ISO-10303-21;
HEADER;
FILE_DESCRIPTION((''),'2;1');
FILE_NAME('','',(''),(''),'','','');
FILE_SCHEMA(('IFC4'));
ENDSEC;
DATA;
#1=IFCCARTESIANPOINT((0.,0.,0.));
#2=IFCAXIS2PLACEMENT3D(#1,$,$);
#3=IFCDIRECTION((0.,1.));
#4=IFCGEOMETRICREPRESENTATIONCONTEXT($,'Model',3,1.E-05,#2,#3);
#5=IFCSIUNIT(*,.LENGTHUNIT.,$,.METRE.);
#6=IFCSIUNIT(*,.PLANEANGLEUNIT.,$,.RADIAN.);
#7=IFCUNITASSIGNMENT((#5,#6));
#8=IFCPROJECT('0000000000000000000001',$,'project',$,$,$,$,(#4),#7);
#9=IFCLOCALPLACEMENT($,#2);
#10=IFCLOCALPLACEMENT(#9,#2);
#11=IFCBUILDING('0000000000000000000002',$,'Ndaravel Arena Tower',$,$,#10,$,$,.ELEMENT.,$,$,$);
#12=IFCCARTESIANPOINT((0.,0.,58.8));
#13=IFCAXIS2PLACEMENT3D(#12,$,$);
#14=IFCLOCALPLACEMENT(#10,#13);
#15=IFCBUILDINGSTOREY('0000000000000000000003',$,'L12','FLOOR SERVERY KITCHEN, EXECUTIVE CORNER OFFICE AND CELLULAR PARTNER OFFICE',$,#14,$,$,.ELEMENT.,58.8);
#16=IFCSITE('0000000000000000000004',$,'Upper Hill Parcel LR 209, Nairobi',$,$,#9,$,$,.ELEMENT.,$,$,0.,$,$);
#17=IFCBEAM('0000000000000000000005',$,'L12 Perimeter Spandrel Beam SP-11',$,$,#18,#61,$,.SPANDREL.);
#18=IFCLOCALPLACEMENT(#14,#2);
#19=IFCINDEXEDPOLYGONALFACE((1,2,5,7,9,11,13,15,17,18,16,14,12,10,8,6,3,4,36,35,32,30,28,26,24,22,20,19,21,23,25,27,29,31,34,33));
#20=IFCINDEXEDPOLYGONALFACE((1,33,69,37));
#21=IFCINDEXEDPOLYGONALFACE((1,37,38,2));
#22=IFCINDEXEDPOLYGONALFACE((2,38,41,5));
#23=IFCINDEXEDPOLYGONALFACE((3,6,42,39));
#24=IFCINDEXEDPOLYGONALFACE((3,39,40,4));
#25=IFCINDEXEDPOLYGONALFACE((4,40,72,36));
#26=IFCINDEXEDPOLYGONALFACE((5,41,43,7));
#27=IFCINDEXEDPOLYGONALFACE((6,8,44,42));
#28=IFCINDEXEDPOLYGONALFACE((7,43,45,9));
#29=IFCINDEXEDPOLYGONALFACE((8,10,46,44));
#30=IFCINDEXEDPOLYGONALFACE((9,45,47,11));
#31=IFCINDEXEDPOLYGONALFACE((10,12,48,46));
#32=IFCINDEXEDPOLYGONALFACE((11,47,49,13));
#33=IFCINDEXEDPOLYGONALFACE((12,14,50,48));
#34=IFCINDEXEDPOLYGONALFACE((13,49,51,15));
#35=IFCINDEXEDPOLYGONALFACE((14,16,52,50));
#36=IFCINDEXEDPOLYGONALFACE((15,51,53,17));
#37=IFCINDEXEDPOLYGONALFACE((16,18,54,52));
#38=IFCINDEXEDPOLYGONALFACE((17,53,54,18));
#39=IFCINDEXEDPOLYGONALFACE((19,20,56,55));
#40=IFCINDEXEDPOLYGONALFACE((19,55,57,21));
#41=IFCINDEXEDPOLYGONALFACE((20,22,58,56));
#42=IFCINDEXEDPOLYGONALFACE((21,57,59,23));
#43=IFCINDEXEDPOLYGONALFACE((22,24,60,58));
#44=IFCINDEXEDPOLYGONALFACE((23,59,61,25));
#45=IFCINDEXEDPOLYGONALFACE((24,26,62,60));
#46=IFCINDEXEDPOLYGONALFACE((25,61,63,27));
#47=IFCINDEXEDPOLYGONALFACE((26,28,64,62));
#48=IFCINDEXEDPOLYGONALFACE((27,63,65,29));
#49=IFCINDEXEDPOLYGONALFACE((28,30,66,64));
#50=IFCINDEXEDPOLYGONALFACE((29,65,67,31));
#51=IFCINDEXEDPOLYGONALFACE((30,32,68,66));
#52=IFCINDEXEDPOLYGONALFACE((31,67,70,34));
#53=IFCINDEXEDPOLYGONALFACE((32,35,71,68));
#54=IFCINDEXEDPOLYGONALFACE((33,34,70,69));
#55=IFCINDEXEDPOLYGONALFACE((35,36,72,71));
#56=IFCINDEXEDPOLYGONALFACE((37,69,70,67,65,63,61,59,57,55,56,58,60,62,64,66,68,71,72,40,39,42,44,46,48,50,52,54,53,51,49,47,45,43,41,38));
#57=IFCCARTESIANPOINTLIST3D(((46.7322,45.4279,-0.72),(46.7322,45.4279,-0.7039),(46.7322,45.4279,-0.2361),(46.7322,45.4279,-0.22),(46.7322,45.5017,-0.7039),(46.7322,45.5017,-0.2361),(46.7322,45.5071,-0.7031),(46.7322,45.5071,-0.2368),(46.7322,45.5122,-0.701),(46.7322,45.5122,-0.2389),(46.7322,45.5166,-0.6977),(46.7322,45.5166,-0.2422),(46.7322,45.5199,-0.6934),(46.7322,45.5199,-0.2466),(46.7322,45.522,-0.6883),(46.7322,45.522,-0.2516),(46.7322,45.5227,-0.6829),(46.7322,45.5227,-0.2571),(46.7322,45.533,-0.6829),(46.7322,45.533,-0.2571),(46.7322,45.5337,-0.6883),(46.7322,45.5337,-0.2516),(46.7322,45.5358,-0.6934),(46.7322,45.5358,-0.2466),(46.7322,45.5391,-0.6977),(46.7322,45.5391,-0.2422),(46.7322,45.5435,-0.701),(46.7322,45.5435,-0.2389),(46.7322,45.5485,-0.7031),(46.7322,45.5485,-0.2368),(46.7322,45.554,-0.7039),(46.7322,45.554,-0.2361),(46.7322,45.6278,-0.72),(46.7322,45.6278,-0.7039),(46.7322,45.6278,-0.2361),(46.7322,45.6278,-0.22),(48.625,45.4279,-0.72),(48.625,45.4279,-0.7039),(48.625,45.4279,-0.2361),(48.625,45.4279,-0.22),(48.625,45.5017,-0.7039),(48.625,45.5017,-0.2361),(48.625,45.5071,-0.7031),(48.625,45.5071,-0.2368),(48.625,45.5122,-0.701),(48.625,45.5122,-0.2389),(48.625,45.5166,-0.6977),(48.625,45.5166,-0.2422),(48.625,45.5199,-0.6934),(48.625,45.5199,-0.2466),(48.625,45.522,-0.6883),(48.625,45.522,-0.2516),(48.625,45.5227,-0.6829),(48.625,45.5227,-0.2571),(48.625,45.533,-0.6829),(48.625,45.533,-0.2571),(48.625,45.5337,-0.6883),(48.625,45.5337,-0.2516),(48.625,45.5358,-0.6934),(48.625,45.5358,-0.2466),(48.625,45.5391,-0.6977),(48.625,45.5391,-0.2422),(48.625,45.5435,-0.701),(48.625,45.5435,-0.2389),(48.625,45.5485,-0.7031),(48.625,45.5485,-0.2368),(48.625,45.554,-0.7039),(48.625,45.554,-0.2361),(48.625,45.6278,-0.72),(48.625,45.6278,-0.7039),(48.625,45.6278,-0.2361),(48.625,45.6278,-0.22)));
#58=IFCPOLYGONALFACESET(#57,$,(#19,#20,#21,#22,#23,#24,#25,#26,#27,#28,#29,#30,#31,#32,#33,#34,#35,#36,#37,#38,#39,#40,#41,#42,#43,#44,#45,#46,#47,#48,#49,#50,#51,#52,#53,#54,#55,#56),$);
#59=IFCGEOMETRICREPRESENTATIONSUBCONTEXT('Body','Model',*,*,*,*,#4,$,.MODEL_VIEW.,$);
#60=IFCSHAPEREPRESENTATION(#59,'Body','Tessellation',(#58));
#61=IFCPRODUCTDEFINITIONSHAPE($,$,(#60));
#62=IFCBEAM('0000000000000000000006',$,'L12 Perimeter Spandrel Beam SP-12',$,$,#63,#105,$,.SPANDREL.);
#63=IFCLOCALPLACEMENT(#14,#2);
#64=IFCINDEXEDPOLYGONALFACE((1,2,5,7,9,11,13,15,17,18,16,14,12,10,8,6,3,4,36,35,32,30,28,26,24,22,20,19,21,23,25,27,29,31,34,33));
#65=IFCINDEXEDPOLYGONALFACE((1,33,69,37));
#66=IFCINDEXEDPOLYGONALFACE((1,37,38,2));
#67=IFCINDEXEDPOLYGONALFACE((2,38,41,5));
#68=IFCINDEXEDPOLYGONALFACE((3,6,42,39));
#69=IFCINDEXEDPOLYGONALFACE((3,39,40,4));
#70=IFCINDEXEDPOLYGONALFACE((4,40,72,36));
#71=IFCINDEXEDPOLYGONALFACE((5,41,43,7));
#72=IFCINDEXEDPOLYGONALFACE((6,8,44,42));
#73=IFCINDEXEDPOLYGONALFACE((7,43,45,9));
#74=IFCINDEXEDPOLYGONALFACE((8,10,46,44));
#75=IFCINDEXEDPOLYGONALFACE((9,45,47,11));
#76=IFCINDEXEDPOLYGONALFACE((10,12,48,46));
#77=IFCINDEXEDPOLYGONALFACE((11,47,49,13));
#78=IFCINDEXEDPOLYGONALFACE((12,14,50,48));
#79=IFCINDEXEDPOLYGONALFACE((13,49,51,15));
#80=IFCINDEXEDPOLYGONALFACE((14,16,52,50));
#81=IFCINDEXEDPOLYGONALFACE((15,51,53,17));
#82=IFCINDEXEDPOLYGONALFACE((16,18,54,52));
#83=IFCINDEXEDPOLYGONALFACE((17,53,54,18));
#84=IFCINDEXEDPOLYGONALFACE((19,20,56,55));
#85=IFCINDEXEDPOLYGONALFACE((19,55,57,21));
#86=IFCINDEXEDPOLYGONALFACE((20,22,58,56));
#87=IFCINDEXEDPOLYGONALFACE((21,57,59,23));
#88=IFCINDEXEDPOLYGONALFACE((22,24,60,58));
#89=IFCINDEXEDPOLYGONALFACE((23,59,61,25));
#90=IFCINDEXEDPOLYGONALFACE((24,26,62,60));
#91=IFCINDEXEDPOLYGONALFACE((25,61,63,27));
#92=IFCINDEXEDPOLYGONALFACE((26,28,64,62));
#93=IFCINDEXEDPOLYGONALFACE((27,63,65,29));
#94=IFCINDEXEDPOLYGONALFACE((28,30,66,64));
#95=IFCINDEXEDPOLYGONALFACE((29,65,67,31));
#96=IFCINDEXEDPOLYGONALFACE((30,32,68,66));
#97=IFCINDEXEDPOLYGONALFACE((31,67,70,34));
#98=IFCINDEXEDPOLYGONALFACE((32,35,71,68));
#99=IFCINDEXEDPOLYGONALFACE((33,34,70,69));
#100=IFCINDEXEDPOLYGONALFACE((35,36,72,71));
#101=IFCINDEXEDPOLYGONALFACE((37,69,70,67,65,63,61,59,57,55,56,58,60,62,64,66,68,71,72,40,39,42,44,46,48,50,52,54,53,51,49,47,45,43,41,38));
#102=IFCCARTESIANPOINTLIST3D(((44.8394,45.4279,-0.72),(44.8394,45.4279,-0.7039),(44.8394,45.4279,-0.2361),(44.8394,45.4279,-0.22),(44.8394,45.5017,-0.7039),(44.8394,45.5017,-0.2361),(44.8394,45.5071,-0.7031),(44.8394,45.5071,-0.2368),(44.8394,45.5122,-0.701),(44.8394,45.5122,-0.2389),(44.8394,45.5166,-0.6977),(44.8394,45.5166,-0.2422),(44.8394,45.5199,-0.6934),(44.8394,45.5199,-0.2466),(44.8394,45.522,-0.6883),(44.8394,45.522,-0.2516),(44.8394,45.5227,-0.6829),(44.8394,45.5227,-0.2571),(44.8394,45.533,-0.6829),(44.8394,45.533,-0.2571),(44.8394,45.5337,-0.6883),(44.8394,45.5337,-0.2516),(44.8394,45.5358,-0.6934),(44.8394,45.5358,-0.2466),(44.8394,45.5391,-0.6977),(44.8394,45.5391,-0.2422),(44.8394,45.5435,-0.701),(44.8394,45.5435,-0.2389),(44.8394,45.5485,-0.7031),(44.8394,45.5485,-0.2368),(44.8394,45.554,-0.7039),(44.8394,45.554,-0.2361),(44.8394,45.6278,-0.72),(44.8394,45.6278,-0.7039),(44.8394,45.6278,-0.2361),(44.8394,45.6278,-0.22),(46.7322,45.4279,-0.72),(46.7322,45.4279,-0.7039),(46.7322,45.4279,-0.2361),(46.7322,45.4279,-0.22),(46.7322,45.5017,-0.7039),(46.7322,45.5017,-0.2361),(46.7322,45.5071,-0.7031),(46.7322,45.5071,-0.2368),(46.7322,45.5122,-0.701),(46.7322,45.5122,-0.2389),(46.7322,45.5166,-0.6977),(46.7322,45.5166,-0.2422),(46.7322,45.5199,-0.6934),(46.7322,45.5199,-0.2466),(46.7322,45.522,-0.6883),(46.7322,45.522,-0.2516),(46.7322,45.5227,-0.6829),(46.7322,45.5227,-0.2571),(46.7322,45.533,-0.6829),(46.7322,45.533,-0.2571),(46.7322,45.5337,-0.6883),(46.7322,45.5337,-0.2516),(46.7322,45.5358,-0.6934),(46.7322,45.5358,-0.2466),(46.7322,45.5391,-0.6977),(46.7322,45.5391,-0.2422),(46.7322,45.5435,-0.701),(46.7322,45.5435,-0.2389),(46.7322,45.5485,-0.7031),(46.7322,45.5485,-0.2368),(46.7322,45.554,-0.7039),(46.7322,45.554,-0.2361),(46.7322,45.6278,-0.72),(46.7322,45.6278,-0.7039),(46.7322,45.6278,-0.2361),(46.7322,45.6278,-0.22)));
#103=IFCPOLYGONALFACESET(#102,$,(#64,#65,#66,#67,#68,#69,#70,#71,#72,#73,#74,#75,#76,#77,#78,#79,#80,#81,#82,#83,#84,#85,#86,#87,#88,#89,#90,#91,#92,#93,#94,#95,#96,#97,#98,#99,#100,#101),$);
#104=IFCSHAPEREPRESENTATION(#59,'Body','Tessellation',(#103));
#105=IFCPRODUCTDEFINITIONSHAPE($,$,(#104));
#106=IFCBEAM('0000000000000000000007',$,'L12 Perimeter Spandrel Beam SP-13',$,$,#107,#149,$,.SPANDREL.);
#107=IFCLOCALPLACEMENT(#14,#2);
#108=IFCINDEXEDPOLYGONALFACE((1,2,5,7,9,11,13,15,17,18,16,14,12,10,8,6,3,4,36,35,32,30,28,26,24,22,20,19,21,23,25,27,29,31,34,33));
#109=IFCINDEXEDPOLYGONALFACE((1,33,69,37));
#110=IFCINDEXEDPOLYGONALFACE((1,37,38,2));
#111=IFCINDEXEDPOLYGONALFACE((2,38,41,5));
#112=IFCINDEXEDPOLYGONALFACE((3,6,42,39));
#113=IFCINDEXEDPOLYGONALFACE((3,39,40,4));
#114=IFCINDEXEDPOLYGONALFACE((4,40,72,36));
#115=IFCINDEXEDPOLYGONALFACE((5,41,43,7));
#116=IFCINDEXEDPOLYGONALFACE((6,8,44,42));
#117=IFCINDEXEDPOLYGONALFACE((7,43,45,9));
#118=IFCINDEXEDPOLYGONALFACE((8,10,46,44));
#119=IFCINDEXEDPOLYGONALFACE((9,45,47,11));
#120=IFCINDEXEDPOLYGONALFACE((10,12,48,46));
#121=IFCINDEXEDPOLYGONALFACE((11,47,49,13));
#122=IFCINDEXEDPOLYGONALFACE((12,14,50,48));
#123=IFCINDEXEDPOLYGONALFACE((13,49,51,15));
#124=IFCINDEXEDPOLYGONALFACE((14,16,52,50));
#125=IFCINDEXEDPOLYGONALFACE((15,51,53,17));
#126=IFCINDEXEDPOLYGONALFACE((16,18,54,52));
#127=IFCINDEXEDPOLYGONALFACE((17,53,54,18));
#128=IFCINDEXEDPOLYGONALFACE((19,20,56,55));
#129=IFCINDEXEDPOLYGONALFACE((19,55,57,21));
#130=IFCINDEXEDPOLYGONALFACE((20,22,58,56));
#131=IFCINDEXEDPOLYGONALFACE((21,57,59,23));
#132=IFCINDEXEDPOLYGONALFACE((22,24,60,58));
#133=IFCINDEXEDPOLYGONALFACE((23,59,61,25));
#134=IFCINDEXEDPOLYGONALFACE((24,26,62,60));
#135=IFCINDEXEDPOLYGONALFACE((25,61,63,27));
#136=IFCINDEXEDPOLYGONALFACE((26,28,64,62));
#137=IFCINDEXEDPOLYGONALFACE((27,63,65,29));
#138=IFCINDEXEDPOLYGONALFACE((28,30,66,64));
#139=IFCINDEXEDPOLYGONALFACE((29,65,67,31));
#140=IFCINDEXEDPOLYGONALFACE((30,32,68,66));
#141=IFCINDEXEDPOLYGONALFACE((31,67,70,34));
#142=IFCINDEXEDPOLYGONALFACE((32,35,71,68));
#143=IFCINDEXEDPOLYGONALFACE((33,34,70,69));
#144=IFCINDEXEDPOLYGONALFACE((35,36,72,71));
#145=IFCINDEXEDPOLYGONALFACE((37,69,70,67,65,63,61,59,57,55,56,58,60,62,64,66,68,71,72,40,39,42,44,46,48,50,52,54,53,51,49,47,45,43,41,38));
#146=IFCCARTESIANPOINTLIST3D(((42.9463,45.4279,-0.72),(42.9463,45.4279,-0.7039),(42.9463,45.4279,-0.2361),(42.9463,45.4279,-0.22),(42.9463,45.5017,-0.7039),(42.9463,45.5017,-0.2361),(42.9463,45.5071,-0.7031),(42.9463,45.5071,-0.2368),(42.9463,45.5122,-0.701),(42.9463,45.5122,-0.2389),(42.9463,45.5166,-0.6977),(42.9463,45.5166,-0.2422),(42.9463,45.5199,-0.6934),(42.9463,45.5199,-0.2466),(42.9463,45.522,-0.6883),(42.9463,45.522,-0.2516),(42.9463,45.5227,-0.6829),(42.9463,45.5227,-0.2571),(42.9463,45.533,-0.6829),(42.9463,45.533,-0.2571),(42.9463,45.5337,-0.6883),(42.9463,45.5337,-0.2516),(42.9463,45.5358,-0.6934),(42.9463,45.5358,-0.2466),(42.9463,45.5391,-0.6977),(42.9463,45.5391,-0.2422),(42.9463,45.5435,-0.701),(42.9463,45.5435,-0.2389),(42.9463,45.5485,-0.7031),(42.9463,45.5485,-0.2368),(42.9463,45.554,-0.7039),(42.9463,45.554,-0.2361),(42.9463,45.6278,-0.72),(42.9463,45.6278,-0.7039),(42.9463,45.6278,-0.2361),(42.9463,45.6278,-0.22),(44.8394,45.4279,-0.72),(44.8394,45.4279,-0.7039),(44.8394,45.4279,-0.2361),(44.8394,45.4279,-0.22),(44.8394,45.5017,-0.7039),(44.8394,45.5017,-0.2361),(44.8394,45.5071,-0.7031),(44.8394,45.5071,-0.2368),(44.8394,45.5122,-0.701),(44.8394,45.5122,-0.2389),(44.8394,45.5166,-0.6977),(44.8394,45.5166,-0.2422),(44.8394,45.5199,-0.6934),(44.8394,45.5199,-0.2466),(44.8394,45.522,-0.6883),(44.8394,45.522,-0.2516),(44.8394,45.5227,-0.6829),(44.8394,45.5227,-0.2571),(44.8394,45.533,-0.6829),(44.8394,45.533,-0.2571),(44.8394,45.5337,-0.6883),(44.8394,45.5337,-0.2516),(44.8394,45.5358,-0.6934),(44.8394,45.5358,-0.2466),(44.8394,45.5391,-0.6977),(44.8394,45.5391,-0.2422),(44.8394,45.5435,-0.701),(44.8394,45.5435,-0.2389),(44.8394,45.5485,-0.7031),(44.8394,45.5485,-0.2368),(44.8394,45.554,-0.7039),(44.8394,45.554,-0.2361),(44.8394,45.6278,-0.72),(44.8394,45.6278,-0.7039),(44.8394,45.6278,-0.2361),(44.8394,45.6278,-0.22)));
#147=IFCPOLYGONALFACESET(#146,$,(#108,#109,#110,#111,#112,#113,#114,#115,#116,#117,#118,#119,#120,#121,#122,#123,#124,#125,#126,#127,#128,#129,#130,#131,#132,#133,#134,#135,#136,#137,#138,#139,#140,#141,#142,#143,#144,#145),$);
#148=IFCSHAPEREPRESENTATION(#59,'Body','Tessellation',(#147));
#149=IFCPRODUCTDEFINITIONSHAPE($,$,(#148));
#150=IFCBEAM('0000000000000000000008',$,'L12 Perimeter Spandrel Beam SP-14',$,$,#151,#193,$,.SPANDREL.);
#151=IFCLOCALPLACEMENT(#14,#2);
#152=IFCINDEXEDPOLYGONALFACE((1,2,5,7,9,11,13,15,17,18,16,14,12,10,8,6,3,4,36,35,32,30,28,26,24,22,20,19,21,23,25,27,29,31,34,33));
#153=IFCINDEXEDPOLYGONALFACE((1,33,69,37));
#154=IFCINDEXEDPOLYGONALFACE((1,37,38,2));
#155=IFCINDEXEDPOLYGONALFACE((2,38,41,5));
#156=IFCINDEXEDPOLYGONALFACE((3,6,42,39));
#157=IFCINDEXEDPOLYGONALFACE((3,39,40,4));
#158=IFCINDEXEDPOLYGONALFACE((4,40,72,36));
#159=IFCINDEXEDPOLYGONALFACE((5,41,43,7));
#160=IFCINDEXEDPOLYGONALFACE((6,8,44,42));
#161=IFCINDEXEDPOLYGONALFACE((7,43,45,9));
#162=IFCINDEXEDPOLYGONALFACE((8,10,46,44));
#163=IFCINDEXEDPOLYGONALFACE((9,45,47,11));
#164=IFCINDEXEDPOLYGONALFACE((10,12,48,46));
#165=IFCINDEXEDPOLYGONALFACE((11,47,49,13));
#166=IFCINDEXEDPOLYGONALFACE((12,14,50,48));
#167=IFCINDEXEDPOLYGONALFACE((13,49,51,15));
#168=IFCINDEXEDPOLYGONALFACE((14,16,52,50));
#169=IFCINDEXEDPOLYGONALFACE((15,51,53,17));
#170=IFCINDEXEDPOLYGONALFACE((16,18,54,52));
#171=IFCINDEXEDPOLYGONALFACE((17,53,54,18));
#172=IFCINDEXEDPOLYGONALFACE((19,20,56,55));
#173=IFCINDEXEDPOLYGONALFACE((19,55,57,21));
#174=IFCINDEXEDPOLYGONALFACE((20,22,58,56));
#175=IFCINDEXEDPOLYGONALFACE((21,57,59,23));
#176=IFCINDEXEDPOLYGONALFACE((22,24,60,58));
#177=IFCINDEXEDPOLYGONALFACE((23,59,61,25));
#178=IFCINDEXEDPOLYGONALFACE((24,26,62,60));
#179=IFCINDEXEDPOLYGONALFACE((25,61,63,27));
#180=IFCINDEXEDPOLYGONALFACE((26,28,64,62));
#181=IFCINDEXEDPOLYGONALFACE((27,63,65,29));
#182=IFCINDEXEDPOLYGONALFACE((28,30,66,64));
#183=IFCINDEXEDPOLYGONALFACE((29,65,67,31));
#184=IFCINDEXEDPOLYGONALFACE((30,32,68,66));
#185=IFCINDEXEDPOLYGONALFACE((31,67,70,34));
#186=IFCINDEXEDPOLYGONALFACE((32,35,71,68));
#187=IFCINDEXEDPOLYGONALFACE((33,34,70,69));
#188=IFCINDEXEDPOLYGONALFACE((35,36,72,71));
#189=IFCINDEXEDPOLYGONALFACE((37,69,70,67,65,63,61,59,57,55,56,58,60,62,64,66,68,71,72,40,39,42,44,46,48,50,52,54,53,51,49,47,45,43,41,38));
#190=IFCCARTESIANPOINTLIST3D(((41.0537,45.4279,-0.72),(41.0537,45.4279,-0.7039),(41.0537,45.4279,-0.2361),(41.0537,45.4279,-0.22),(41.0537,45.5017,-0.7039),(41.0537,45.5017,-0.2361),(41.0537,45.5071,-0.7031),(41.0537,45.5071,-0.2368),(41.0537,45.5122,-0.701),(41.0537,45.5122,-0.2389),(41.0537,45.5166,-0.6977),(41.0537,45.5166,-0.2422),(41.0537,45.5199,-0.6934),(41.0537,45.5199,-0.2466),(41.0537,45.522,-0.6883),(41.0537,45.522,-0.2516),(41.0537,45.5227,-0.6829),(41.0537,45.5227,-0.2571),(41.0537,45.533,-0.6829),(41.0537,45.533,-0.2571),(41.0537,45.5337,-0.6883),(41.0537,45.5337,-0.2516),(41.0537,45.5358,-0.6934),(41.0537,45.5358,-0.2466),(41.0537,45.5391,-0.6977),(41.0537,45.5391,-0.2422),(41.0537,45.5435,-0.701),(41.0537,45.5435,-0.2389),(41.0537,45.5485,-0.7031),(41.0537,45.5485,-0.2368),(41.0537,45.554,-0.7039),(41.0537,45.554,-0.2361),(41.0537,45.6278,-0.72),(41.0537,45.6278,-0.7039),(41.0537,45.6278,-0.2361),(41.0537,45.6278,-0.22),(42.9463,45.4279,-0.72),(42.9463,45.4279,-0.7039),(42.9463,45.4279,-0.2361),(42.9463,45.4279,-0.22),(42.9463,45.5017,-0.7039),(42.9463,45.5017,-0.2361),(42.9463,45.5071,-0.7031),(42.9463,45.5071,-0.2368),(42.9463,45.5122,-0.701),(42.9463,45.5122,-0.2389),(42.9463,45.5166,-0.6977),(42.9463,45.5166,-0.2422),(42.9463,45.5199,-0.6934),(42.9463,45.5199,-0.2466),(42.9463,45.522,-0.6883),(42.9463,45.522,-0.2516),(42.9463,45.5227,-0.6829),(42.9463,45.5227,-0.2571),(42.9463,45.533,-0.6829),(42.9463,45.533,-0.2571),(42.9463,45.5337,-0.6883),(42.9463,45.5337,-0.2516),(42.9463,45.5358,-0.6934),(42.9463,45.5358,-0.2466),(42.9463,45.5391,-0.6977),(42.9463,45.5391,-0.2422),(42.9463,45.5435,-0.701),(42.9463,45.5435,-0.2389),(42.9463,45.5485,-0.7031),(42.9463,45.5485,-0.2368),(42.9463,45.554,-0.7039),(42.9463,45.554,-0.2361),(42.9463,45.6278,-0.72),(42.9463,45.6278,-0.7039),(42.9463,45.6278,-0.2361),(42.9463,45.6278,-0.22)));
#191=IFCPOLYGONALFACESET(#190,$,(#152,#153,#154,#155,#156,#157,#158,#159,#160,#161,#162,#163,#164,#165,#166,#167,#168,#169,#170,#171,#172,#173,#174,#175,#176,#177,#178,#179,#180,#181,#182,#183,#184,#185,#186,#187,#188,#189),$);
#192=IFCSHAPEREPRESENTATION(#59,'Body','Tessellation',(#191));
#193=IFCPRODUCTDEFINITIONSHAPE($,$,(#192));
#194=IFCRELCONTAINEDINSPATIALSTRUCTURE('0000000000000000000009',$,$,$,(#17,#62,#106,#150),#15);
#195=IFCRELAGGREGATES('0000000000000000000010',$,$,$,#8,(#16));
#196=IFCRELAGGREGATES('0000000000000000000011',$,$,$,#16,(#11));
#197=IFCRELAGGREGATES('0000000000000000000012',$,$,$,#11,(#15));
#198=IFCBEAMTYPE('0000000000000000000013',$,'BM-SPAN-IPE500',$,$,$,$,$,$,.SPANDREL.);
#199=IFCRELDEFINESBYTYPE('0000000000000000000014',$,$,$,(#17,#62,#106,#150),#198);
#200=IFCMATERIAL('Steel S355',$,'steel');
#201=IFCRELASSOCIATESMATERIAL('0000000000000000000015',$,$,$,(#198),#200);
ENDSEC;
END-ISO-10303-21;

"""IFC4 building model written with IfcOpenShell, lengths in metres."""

from ifc_helpers import new_model, si_unit, direction, frame, origin, origin_2d, place, context, subcontext, project, spatial, i_section, extrude, material, material_profile, profile_set, type_object, element, save


model = new_model("IFC4")

# Units and contexts
model_context = context("Model", 3, precision=1e-05, world=origin(), true_north=direction((0.0, 1.0)))
body_context = subcontext(model_context, "Body", "Model", "MODEL_VIEW")
ifc_project = project(units=[si_unit("LENGTHUNIT", "METRE"), si_unit("PLANEANGLEUNIT", "RADIAN")], contexts=[model_context])

# Site, building, storey
site_placement = place(None, origin())
site = spatial("IfcSite", under=ifc_project, at=site_placement, Name="Upper Hill Parcel LR 209, Nairobi", CompositionType="ELEMENT", RefElevation=0.0)
building_placement = place(site_placement, origin())
building = spatial("IfcBuilding", under=site, at=building_placement, Name="Ndaravel Arena Tower", CompositionType="ELEMENT")
storey_placement = place(building_placement, frame((0.0, 0.0, 58.8)))
storey = spatial("IfcBuildingStorey", under=building, at=storey_placement, Name="L12", Description="FLOOR SERVERY KITCHEN, EXECUTIVE CORNER OFFICE AND CELLULAR PARTNER OFFICE", CompositionType="ELEMENT", Elevation=58.8)

# Beams
ifc_material_1 = material(Name="Steel S355", Category="steel")
ifc_material_profile_1 = material_profile(ifc_material_1, i_section(OverallWidth=0.2, OverallDepth=0.5, WebThickness=0.0103, FlangeThickness=0.0161, FilletRadius=0.021, at=origin_2d()), Name="IPE 500")
ifc_profile_set_1 = profile_set([ifc_material_profile_1], Name="Steel S355")
beam_type_1 = type_object("IfcBeamType", Name="BM-SPAN-IPE500", PredefinedType="SPANDREL", material=ifc_profile_set_1)
for number, where, z_axis, x_axis, name in (
    (1, (48.625, 45.5278, -0.47), (-1.0, 0.0, 0.0), (0.0, -1.0, 0.0), "L12 Perimeter Spandrel Beam SP-11"),
    (2, (46.7322, 45.5278, -0.47), (-1.0, 0.0, 0.0), (0.0, -1.0, 0.0), "L12 Perimeter Spandrel Beam SP-12"),
):
    element("IfcBeam", number, at=place(storey_placement, frame(where, z_axis=z_axis, x_axis=x_axis)), inside=storey, type_object=beam_type_1, Name=name, PredefinedType="SPANDREL", context=body_context, shape_type="SweptSolid", body=[
        extrude(i_section(OverallWidth=0.2, OverallDepth=0.5, WebThickness=0.0103, FlangeThickness=0.0161, FilletRadius=0.021, at=origin_2d()), origin(), (0.0, 0.0, 1.0), 1.8928),
    ])
beam_1_placement = place(storey_placement, frame((44.8394, 45.5278, -0.47), z_axis=(-1.0, 0.0, 0.0), x_axis=(0.0, -1.0, 0.0)))
element("IfcBeam", 3, at=beam_1_placement, inside=storey, type_object=beam_type_1, Name="L12 Perimeter Spandrel Beam SP-13", PredefinedType="SPANDREL", context=body_context, shape_type="SweptSolid", body=[
    extrude(i_section(OverallWidth=0.2, OverallDepth=0.5, WebThickness=0.0103, FlangeThickness=0.0161, FilletRadius=0.021, at=origin_2d()), origin(), (0.0, 0.0, 1.0), 1.8931),
])
beam_2_placement = place(storey_placement, frame((42.9463, 45.5278, -0.47), z_axis=(-1.0, 0.0, 0.0), x_axis=(0.0, -1.0, 0.0)))
element("IfcBeam", 4, at=beam_2_placement, inside=storey, type_object=beam_type_1, Name="L12 Perimeter Spandrel Beam SP-14", PredefinedType="SPANDREL", context=body_context, shape_type="SweptSolid", body=[
    extrude(i_section(OverallWidth=0.2, OverallDepth=0.5, WebThickness=0.0103, FlangeThickness=0.0161, FilletRadius=0.021, at=origin_2d()), origin(), (0.0, 0.0, 1.0), 1.8926),
])

save(model, "model.ifc")
